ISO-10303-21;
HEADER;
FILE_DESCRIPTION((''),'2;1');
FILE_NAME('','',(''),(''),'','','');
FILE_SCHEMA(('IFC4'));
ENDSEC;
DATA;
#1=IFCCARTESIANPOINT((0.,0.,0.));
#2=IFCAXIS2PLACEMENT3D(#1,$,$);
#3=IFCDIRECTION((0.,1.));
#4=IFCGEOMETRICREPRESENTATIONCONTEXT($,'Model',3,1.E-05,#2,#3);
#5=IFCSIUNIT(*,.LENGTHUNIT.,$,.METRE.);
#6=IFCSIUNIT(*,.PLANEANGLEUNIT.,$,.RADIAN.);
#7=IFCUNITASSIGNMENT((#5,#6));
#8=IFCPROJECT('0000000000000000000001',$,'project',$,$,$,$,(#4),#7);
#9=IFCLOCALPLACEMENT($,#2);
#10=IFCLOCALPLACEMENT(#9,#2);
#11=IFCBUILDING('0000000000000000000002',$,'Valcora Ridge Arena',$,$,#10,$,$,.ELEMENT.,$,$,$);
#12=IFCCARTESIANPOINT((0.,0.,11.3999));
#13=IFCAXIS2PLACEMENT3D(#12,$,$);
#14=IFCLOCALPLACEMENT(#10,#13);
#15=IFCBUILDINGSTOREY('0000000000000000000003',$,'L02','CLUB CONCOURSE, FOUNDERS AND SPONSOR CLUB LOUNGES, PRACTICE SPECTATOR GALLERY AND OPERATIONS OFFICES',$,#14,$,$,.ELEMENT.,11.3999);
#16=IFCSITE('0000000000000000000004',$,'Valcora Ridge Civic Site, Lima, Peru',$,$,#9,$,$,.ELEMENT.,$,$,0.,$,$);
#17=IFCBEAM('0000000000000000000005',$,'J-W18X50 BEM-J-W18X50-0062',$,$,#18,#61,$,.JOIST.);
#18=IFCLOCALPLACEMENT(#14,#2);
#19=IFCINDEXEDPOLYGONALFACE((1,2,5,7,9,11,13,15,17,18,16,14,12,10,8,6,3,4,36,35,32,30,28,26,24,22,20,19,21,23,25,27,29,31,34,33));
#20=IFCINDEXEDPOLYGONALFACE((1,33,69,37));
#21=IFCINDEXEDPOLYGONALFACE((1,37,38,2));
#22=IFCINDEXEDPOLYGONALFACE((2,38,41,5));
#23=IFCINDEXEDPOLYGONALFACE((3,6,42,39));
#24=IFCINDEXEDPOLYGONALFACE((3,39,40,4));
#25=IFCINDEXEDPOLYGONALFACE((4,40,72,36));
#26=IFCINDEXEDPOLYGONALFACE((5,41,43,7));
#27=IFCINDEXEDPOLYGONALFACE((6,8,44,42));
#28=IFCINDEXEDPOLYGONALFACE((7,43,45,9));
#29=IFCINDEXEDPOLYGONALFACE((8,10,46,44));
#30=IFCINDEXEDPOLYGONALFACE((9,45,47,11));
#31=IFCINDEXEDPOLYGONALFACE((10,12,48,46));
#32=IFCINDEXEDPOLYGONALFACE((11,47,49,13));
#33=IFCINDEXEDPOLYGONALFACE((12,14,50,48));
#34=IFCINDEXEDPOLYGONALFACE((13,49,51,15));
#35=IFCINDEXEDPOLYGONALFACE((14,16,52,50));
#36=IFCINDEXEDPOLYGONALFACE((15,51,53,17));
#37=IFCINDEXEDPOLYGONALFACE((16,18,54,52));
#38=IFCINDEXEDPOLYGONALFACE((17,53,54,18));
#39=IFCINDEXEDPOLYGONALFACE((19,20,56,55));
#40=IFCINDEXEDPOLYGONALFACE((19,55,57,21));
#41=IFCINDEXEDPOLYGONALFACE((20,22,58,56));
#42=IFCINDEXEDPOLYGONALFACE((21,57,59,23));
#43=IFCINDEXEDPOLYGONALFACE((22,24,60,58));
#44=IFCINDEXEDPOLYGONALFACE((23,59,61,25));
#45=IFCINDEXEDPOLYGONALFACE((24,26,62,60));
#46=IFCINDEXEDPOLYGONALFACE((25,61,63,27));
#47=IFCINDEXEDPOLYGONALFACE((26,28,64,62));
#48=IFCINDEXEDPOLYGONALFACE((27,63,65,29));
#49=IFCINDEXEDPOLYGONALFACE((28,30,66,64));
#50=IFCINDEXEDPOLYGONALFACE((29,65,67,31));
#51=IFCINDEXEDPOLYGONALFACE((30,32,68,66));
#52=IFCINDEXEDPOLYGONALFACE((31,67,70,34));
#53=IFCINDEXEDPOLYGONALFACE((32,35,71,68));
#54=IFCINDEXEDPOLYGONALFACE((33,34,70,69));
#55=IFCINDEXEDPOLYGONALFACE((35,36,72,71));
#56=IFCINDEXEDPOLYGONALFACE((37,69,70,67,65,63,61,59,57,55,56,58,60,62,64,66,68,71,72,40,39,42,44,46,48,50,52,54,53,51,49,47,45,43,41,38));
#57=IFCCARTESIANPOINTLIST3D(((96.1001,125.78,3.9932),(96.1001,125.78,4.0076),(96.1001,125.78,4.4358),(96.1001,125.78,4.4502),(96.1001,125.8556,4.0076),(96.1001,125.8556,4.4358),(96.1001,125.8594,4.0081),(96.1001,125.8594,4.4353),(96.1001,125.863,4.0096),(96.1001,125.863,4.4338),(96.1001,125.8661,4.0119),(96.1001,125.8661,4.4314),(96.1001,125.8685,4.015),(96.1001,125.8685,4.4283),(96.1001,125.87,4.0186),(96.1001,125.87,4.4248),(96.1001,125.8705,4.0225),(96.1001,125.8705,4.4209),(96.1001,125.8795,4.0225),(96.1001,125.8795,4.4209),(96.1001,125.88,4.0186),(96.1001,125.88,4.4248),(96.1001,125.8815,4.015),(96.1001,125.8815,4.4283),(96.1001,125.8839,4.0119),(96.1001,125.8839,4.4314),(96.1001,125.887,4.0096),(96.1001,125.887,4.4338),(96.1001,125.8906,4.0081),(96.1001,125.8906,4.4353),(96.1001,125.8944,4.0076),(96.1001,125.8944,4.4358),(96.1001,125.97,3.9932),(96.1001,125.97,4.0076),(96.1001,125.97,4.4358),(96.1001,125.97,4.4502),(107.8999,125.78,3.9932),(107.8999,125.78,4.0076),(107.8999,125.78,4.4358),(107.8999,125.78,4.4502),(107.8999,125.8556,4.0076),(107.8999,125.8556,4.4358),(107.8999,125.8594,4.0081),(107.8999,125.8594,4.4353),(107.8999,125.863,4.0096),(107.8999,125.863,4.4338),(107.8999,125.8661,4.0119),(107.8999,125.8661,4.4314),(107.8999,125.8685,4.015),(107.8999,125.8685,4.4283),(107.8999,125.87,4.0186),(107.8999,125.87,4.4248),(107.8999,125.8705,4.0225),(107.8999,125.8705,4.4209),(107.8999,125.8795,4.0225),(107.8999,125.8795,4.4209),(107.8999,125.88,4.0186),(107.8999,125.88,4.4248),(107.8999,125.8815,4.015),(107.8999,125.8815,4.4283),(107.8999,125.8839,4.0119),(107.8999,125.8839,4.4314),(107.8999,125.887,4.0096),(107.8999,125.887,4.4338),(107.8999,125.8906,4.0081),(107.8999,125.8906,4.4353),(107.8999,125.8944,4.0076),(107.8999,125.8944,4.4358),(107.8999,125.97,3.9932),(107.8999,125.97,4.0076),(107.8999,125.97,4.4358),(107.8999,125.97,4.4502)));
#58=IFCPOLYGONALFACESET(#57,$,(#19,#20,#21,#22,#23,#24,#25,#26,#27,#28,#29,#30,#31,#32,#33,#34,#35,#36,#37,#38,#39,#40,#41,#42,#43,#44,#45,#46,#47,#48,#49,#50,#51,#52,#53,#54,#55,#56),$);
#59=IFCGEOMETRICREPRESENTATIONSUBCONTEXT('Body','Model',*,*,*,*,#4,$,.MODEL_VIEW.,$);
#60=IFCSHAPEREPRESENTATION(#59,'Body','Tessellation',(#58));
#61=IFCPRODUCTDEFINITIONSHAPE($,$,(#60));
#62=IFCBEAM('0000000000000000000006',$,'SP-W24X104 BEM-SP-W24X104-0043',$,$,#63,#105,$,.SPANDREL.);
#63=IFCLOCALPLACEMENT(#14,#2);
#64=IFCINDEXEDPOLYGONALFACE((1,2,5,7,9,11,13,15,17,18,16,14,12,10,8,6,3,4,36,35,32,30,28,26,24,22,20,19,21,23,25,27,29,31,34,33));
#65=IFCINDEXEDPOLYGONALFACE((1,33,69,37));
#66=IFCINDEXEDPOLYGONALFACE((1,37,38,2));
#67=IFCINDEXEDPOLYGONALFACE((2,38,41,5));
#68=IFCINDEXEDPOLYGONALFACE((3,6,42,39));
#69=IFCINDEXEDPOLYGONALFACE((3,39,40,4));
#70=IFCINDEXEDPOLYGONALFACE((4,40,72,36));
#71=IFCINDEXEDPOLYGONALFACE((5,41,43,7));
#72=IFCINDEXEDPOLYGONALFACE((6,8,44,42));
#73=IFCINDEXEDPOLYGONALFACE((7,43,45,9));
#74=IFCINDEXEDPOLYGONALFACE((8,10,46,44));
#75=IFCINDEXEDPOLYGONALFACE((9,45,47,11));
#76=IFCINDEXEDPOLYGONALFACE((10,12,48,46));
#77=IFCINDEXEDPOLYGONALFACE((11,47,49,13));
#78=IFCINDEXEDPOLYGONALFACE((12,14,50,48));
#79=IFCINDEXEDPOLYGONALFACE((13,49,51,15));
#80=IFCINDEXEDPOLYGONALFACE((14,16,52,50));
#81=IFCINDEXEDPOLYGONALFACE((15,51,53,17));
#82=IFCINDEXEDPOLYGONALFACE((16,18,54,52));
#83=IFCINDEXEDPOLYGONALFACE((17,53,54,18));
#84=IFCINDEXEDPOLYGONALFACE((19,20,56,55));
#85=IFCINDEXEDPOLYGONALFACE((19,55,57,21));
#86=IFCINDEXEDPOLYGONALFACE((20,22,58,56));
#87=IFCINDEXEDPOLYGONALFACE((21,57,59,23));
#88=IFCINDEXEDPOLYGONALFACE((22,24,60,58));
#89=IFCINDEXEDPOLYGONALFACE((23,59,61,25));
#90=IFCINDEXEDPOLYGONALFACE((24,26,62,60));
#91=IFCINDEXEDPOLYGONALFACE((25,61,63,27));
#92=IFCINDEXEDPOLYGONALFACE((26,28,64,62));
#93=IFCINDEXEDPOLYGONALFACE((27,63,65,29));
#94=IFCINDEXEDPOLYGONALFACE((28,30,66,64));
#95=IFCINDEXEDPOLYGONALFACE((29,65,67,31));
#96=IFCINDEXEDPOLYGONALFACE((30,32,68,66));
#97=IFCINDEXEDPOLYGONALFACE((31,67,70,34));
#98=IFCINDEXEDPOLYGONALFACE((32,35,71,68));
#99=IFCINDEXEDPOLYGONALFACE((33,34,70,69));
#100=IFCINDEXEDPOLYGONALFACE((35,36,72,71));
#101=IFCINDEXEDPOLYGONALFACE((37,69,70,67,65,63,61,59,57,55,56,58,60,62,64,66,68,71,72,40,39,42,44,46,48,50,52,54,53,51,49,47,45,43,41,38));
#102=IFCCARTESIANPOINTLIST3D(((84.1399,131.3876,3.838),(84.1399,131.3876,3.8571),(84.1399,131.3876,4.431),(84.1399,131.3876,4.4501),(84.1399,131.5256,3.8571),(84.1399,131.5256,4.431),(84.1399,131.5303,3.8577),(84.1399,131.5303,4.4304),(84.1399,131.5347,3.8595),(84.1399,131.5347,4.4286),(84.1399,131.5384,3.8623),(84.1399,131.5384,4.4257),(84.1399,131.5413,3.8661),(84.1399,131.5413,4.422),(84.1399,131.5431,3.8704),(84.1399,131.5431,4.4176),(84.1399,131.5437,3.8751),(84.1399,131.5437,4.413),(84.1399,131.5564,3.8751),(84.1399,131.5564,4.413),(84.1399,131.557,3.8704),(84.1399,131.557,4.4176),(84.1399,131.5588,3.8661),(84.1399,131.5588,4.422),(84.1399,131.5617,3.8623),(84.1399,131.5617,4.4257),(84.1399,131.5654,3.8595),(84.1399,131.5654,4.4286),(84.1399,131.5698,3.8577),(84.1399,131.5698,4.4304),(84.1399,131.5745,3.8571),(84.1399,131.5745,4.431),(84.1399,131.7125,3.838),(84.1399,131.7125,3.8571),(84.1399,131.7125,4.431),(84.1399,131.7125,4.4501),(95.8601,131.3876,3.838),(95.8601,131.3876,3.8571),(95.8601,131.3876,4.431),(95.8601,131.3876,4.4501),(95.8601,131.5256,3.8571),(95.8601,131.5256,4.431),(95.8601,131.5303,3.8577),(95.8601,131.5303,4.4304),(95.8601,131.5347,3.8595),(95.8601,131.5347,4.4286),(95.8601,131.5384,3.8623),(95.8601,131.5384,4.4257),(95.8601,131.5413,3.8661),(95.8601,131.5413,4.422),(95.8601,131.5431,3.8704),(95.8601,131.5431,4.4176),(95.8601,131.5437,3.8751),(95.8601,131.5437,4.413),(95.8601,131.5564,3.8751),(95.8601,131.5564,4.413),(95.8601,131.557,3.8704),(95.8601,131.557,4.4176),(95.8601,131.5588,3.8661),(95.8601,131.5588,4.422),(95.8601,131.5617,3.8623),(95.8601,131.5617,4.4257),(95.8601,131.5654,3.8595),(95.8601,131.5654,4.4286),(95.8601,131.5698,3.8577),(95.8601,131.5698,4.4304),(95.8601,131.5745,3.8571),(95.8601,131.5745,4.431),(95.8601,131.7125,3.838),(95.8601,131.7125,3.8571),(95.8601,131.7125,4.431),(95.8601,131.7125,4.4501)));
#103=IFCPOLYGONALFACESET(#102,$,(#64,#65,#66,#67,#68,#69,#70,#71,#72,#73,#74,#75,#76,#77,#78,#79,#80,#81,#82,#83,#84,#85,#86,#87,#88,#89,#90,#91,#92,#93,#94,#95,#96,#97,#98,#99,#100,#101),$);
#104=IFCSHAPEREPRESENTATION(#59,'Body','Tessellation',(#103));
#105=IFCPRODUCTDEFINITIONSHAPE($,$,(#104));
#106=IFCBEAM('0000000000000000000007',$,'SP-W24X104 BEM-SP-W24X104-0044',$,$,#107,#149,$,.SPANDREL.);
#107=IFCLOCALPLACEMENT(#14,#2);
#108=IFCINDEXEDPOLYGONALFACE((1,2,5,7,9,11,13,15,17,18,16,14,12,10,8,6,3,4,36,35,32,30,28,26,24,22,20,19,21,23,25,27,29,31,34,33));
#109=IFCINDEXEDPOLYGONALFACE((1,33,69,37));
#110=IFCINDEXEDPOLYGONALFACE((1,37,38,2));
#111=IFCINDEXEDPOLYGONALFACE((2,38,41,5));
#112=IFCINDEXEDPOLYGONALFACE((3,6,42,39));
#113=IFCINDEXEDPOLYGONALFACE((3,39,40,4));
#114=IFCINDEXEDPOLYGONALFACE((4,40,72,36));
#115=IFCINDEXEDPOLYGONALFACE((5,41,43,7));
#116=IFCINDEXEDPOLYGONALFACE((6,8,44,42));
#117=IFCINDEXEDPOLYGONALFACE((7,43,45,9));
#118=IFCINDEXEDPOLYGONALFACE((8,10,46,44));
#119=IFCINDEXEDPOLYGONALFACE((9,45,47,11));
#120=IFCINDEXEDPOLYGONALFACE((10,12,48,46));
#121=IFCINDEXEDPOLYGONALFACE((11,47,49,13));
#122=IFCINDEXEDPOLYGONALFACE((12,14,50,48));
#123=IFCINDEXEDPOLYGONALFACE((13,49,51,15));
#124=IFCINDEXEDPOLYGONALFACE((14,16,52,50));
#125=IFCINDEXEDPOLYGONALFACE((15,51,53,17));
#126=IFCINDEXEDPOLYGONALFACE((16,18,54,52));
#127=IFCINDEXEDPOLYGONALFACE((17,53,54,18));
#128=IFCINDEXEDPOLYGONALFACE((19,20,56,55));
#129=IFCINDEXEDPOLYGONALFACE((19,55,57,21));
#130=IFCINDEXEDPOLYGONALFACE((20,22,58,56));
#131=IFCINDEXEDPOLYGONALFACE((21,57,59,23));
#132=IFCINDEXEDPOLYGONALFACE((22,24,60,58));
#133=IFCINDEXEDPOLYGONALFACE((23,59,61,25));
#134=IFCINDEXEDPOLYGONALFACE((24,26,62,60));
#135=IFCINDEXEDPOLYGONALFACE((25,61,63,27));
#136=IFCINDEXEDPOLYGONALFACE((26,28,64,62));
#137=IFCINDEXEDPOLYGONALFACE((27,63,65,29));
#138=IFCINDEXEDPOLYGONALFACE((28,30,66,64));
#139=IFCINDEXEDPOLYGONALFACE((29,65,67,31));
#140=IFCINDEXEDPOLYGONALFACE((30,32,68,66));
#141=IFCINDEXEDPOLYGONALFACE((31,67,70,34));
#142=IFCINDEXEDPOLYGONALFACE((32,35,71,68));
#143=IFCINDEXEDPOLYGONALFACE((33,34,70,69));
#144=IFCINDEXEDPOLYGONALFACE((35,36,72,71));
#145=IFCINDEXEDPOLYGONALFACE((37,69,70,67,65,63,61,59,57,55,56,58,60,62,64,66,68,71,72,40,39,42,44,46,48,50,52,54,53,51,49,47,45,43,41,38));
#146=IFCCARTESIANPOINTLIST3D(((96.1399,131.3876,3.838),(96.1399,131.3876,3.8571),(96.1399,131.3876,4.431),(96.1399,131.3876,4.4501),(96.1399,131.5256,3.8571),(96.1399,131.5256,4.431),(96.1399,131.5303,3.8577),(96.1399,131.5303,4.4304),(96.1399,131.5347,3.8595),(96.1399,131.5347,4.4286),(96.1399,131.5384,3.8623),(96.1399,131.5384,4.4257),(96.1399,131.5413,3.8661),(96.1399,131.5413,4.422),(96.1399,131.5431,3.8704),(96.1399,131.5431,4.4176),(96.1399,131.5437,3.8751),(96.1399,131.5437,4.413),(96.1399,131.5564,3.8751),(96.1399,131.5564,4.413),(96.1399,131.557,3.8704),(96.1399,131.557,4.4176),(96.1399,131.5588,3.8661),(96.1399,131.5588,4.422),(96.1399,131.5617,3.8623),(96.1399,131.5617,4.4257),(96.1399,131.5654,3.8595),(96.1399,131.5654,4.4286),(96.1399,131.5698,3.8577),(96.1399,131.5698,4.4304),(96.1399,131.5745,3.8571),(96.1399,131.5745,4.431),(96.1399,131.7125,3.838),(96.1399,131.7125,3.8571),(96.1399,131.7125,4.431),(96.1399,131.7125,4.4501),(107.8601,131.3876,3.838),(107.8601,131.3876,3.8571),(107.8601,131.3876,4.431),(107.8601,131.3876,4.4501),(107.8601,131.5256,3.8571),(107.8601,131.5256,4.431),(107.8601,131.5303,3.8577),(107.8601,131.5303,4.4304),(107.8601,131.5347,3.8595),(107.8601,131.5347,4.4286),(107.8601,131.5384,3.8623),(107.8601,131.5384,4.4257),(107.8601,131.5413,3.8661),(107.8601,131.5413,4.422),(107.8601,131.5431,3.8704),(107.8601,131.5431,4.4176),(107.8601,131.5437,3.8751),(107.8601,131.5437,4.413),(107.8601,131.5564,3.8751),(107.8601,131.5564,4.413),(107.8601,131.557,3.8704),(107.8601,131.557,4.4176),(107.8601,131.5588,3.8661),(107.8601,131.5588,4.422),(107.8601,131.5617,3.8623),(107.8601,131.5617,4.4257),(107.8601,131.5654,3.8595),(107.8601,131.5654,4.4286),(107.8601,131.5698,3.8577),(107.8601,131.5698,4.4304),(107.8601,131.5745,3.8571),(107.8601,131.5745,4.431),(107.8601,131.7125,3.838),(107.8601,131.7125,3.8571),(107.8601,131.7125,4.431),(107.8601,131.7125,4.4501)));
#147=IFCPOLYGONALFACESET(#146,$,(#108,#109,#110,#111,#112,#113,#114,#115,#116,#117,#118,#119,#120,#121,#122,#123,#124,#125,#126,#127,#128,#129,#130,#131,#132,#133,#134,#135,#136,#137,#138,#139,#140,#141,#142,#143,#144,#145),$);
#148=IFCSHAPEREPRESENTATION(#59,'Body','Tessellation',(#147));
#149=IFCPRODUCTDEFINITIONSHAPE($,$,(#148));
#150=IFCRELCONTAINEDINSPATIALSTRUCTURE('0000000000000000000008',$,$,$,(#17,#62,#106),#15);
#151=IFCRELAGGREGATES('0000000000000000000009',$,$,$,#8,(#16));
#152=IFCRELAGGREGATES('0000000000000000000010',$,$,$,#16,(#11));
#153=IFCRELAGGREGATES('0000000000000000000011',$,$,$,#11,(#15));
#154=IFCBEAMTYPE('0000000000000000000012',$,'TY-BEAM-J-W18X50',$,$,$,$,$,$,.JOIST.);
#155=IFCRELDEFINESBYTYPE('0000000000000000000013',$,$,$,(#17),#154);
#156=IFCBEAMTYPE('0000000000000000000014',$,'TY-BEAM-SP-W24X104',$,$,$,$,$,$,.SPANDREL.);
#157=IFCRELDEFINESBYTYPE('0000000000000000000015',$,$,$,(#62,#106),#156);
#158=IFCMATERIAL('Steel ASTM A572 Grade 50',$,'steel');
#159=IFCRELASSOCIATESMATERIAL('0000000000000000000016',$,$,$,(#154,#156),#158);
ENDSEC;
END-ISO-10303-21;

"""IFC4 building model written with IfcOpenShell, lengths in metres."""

from ifc_helpers import new_model, si_unit, direction, frame, origin, origin_2d, place, context, subcontext, project, spatial, i_section, extrude, material, material_profile, profile_set, type_object, element, save


model = new_model("IFC4")

# Units and contexts
model_context = context("Model", 3, precision=1e-05, world=origin(), true_north=direction((0.0, 1.0)))
body_context = subcontext(model_context, "Body", "Model", "MODEL_VIEW")
ifc_project = project(units=[si_unit("LENGTHUNIT", "METRE"), si_unit("PLANEANGLEUNIT", "RADIAN")], contexts=[model_context])

# Site, building, storey
site_placement = place(None, origin())
site = spatial("IfcSite", under=ifc_project, at=site_placement, Name="Valcora Ridge Civic Site, Lima, Peru", CompositionType="ELEMENT", RefElevation=0.0)
building_placement = place(site_placement, origin())
building = spatial("IfcBuilding", under=site, at=building_placement, Name="Valcora Ridge Arena", CompositionType="ELEMENT")
storey_placement = place(building_placement, frame((0.0, 0.0, 11.3999)))
storey = spatial("IfcBuildingStorey", under=building, at=storey_placement, Name="L02", Description="CLUB CONCOURSE, FOUNDERS AND SPONSOR CLUB LOUNGES, PRACTICE SPECTATOR GALLERY AND OPERATIONS OFFICES", CompositionType="ELEMENT", Elevation=11.3999)

# Beams
ifc_material_1 = material(Name="Steel ASTM A572 Grade 50", Category="steel")
ifc_material_profile_1 = material_profile(ifc_material_1, i_section(OverallWidth=0.1899, OverallDepth=0.457, WebThickness=0.009, FlangeThickness=0.0144, FilletRadius=0.0149, at=origin_2d()), Name="W18X50")
ifc_profile_set_1 = profile_set([ifc_material_profile_1], Name="Steel ASTM A572 Grade 50")
beam_type_1 = type_object("IfcBeamType", Name="TY-BEAM-J-W18X50", PredefinedType="JOIST", material=ifc_profile_set_1)
for number, where, z_axis, x_axis, name in (
    (1, (96.1001, 125.875, 4.2217), (1.0, 0.0, 0.0), (0.0, 1.0, 0.0), "J-W18X50 BEM-J-W18X50-0062"),
):
    element("IfcBeam", number, at=place(storey_placement, frame(where, z_axis=z_axis, x_axis=x_axis)), inside=storey, type_object=beam_type_1, Name=name, PredefinedType="JOIST", context=body_context, shape_type="SweptSolid", body=[
        extrude(i_section(OverallWidth=0.1899, OverallDepth=0.457, WebThickness=0.009, FlangeThickness=0.0144, FilletRadius=0.0149, at=origin_2d()), origin(), (0.0, 0.0, 1.0), 11.7998),
    ])
ifc_material_profile_2 = material_profile(ifc_material_1, i_section(OverallWidth=0.325, OverallDepth=0.6121, WebThickness=0.0127, FlangeThickness=0.019, FilletRadius=0.0181, at=origin_2d()), Name="W24X104")
ifc_profile_set_2 = profile_set([ifc_material_profile_2], Name="Steel ASTM A572 Grade 50")
beam_type_2 = type_object("IfcBeamType", Name="TY-BEAM-SP-W24X104", PredefinedType="SPANDREL", material=ifc_profile_set_2)
for number, where, z_axis, x_axis, name in (
    (2, (84.1399, 131.55, 4.144), (1.0, 0.0, 0.0), (0.0, 1.0, 0.0), "SP-W24X104 BEM-SP-W24X104-0043"),
    (3, (96.1399, 131.55, 4.144), (1.0, 0.0, 0.0), (0.0, 1.0, 0.0), "SP-W24X104 BEM-SP-W24X104-0044"),
):
    element("IfcBeam", number, at=place(storey_placement, frame(where, z_axis=z_axis, x_axis=x_axis)), inside=storey, type_object=beam_type_2, Name=name, PredefinedType="SPANDREL", context=body_context, shape_type="SweptSolid", body=[
        extrude(i_section(OverallWidth=0.325, OverallDepth=0.6121, WebThickness=0.0127, FlangeThickness=0.019, FilletRadius=0.0181, at=origin_2d()), origin(), (0.0, 0.0, 1.0), 11.7202),
    ])

save(model, "model.ifc")
